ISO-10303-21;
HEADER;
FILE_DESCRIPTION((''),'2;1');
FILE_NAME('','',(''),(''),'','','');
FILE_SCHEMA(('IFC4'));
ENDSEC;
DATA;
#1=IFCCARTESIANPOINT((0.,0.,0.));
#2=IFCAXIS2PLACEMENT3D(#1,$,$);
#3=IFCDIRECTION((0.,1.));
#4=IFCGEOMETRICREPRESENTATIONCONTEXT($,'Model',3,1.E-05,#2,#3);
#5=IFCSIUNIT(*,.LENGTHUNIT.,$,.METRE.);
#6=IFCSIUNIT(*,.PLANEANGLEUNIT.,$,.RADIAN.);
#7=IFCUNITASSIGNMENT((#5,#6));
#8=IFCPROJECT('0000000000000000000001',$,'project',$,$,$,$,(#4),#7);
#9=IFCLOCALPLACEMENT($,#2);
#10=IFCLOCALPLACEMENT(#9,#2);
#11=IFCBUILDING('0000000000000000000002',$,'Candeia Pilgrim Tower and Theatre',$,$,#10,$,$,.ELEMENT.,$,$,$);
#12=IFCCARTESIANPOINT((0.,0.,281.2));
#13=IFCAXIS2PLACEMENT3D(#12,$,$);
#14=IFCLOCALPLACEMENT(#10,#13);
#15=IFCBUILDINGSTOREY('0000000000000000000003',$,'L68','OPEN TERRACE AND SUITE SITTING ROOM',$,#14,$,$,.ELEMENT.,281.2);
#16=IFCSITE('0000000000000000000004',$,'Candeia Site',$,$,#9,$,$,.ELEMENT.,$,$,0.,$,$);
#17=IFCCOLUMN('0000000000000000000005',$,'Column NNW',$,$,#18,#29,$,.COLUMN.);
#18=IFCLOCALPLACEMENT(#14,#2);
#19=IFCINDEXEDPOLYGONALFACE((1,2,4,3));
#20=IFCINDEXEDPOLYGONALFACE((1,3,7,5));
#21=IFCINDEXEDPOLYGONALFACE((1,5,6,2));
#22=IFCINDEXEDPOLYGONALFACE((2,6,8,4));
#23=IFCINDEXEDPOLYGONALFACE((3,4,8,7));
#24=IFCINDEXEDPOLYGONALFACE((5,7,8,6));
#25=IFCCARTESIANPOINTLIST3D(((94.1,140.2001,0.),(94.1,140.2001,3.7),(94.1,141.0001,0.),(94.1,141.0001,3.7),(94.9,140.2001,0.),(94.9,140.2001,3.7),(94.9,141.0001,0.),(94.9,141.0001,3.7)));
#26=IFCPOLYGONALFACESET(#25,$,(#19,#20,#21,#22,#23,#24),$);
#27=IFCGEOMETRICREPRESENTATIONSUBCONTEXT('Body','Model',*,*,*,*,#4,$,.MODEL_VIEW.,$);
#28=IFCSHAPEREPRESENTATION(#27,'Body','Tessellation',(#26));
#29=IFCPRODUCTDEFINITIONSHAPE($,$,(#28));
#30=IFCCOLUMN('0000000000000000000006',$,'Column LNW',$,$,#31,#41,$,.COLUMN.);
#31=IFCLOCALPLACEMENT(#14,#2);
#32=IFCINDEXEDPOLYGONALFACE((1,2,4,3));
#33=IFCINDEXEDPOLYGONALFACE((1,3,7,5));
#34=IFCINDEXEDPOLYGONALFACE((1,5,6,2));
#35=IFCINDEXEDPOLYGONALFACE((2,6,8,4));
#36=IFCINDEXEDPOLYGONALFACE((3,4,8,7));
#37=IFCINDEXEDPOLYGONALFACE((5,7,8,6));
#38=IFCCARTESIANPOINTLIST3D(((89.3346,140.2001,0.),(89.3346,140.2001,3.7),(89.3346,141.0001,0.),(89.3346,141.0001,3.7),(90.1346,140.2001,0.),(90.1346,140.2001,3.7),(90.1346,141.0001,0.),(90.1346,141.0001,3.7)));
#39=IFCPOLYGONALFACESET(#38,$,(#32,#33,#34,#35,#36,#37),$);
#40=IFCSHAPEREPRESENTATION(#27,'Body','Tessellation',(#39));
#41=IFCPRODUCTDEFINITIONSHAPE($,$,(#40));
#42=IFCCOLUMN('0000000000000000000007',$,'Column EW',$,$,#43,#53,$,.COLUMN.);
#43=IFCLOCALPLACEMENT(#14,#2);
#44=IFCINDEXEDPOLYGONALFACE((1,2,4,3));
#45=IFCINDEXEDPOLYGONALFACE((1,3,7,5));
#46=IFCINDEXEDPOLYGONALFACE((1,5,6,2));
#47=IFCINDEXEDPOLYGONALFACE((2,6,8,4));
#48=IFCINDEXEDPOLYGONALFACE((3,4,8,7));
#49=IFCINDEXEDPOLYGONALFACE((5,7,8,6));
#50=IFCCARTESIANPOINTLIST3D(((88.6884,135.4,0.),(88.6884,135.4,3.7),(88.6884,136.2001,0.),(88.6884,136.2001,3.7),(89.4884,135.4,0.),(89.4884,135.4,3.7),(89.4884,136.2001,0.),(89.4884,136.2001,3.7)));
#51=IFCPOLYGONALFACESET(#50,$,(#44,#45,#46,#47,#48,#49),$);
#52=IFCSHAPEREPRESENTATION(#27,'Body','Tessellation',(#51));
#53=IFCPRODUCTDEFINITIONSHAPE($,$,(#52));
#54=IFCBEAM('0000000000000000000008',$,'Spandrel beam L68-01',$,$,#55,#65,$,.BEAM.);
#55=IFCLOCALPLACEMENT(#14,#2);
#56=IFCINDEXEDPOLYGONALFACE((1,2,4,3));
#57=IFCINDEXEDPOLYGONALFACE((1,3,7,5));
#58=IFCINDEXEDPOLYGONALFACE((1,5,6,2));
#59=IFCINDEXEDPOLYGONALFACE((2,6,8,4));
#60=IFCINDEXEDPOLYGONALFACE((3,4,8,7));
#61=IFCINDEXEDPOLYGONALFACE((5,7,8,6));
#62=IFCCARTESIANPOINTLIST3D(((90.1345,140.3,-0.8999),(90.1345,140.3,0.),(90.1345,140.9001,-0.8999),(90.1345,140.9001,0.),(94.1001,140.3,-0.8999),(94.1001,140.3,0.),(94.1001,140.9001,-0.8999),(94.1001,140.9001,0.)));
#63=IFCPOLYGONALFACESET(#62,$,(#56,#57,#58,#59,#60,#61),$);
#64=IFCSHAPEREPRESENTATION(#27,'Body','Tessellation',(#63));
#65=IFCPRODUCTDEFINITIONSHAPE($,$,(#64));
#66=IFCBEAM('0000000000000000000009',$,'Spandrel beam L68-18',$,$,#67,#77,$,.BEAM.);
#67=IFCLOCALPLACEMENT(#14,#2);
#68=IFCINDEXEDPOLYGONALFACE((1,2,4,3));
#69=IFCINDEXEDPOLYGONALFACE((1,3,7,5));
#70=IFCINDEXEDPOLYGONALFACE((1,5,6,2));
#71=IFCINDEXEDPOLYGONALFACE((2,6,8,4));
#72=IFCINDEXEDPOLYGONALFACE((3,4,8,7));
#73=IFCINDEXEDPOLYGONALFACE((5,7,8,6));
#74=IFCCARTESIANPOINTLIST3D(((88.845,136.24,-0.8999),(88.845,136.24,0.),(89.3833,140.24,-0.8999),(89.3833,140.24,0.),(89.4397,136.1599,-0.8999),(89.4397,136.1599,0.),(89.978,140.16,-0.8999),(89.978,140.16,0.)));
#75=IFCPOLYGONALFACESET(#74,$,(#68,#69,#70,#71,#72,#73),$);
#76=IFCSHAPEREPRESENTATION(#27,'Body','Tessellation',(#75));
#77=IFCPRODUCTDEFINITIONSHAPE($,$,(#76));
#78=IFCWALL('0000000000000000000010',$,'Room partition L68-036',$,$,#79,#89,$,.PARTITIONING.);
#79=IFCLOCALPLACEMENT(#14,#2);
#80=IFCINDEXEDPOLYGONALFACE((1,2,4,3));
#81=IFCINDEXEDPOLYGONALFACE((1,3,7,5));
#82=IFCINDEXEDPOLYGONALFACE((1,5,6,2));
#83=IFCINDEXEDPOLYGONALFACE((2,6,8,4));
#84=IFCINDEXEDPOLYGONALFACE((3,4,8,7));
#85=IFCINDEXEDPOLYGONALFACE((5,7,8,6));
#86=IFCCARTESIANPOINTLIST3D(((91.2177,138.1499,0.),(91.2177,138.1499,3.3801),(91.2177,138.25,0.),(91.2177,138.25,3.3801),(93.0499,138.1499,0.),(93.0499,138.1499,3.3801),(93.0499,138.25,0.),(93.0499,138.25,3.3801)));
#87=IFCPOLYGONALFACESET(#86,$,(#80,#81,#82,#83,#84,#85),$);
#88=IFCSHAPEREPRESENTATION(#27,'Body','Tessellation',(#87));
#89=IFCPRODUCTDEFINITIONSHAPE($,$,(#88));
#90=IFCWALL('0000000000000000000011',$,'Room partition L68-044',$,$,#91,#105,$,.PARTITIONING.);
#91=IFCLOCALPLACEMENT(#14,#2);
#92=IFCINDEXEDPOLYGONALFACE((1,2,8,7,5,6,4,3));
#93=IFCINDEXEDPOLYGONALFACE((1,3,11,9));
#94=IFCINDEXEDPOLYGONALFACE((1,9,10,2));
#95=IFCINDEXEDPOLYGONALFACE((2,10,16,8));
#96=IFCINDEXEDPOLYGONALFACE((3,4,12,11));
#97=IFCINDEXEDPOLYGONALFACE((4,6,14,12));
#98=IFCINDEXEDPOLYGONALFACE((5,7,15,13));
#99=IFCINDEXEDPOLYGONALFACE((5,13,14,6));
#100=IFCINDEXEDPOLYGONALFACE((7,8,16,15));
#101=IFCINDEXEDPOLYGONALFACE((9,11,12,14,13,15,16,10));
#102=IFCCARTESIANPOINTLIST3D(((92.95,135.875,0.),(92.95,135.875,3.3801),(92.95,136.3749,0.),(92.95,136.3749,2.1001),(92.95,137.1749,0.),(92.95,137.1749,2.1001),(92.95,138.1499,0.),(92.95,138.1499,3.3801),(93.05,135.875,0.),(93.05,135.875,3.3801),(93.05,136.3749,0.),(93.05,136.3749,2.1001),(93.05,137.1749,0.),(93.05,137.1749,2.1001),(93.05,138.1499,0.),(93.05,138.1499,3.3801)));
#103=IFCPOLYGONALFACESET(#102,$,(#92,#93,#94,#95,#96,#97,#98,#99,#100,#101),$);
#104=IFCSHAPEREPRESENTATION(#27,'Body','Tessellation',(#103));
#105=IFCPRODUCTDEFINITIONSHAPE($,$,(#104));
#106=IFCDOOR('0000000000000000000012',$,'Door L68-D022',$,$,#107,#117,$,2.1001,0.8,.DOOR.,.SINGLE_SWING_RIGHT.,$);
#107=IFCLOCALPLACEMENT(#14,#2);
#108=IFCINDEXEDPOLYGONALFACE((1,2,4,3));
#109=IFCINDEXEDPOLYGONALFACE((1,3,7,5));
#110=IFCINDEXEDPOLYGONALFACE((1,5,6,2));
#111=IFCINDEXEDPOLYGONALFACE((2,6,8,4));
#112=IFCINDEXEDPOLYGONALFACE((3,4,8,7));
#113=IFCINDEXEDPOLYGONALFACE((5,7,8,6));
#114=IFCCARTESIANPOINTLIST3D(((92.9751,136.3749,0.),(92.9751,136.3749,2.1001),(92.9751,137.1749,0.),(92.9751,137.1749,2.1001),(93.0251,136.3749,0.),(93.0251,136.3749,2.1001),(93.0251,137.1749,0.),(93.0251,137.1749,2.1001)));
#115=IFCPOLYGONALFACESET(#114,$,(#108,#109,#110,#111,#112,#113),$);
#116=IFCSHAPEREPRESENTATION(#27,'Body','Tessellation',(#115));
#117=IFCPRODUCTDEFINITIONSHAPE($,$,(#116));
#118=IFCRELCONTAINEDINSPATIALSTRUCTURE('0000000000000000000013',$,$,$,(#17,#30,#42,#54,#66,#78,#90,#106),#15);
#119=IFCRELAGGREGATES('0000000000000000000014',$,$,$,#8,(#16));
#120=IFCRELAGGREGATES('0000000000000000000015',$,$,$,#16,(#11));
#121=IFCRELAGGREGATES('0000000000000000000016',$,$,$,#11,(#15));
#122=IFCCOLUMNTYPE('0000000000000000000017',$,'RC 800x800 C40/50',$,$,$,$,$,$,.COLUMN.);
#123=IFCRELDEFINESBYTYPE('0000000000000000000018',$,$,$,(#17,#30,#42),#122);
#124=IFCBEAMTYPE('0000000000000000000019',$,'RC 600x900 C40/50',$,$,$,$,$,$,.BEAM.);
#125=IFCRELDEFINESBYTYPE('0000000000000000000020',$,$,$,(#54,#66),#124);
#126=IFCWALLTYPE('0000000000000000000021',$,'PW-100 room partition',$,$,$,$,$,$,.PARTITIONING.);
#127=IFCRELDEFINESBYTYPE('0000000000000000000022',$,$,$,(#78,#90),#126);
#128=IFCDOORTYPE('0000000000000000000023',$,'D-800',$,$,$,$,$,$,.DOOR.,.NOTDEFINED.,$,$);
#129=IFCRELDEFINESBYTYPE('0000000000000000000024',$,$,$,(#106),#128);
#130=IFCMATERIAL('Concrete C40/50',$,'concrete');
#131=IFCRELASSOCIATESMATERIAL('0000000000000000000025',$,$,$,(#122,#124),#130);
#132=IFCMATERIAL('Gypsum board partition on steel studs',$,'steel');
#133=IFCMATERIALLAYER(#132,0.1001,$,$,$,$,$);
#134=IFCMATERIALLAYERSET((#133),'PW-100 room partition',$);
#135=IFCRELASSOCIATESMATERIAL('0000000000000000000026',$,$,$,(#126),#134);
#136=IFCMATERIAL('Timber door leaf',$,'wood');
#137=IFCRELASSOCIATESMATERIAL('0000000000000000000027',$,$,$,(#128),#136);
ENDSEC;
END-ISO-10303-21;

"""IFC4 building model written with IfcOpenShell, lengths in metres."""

from ifc_helpers import new_model, si_unit, direction, frame, frame_2d, origin, origin_2d, place, context, subcontext, project, spatial, rectangle, extrude, material, layer, layer_set, material_profile, profile_set, type_object, element, fill, save


model = new_model("IFC4")

# Units and contexts
model_context = context("Model", 3, precision=1e-05, world=origin(), true_north=direction((0.0, 1.0)))
body_context = subcontext(model_context, "Body", "Model", "MODEL_VIEW")
ifc_project = project(units=[si_unit("LENGTHUNIT", "METRE"), si_unit("PLANEANGLEUNIT", "RADIAN")], contexts=[model_context])

# Site, building, storey
site_placement = place(None, origin())
site = spatial("IfcSite", under=ifc_project, at=site_placement, Name="Candeia Site", CompositionType="ELEMENT", RefElevation=0.0)
building_placement = place(site_placement, origin())
building = spatial("IfcBuilding", under=site, at=building_placement, Name="Candeia Pilgrim Tower and Theatre", CompositionType="ELEMENT")
storey_placement = place(building_placement, frame((0.0, 0.0, 281.2)))
storey = spatial("IfcBuildingStorey", under=building, at=storey_placement, Name="L68", Description="OPEN TERRACE AND SUITE SITTING ROOM", CompositionType="ELEMENT", Elevation=281.2)

# Columns
ifc_material_1 = material(Name="Concrete C40/50", Category="concrete")
ifc_material_profile_1 = material_profile(ifc_material_1, rectangle(XDim=0.8, YDim=0.8, at=origin_2d()))
ifc_profile_set_1 = profile_set([ifc_material_profile_1], Name="Concrete C40/50")
column_type = type_object("IfcColumnType", Name="RC 800x800 C40/50", PredefinedType="COLUMN", material=ifc_profile_set_1)
for number, where, z_axis, x_axis, name in (
    (1, (94.5, 140.6001, 0.0), (0.0, 0.0, 1.0), (1.0, 0.0, 0.0), "Column NNW"),
    (2, (89.7346, 140.6001, 0.0), (0.0, 0.0, 1.0), (1.0, 0.0, 0.0), "Column LNW"),
    (3, (89.0884, 135.8, 0.0), (0.0, 0.0, 1.0), (1.0, 0.0, 0.0), "Column EW"),
):
    element("IfcColumn", number, at=place(storey_placement, frame(where, z_axis=z_axis, x_axis=x_axis)), inside=storey, type_object=column_type, Name=name, PredefinedType="COLUMN", context=body_context, shape_type="SweptSolid", body=[
        extrude(rectangle(XDim=0.8, YDim=0.8, at=origin_2d()), origin(), (0.0, 0.0, 1.0), 3.7),
    ])

# Beams
ifc_material_profile_2 = material_profile(ifc_material_1, rectangle(XDim=0.6001, YDim=0.8999, at=origin_2d()))
ifc_profile_set_2 = profile_set([ifc_material_profile_2], Name="Concrete C40/50")
beam_type = type_object("IfcBeamType", Name="RC 600x900 C40/50", PredefinedType="BEAM", material=ifc_profile_set_2)
beam_1_placement = place(storey_placement, frame((90.1345, 140.6001, -0.45), z_axis=(1.0, 0.0, 0.0), x_axis=(0.0, 1.0, 0.0)))
element("IfcBeam", 4, at=beam_1_placement, inside=storey, type_object=beam_type, Name="Spandrel beam L68-01", PredefinedType="BEAM", context=body_context, shape_type="SweptSolid", body=[
    extrude(rectangle(XDim=0.6001, YDim=0.8999, at=origin_2d()), origin(), (0.0, 0.0, 1.0), 3.9656),
])
beam_2_placement = place(storey_placement, frame((89.1423, 136.2, -0.45), z_axis=(0.13338, 0.991065, 0.0), x_axis=(-0.991065, 0.13338, 0.0)))
element("IfcBeam", 5, at=beam_2_placement, inside=storey, type_object=beam_type, Name="Spandrel beam L68-18", PredefinedType="BEAM", context=body_context, shape_type="SweptSolid", body=[
    extrude(rectangle(XDim=0.6001, YDim=0.8999, at=origin_2d()), origin(), (0.0, 0.0, 1.0), 4.0361),
])

# Wall
ifc_material_2 = material(Name="Gypsum board partition on steel studs", Category="steel")
ifc_layer_1 = layer(ifc_material_2, 0.1001)
ifc_layer_set_1 = layer_set([ifc_layer_1], Name="PW-100 room partition")
wall_type_1 = type_object("IfcWallType", Name="PW-100 room partition", PredefinedType="PARTITIONING", material=ifc_layer_set_1)
wall_1_placement = place(storey_placement, frame((91.2178, 138.2, 0.0), z_axis=(0.0, 0.0, 1.0), x_axis=(1.0, 0.0, 0.0)))
element("IfcWall", 6, at=wall_1_placement, inside=storey, type_object=wall_type_1, Name="Room partition L68-036", PredefinedType="PARTITIONING", context=body_context, shape_type="SweptSolid", body=[
    extrude(rectangle(XDim=1.8323, YDim=0.1001, at=frame_2d((0.916, 0.0))), origin(), (0.0, 0.0, 1.0), 3.3801),
])

# Wall, opening, door
wall_2_placement = place(storey_placement, frame((93.0, 135.875, 0.0), z_axis=(0.0, 0.0, 1.0), x_axis=(0.0, 1.0, 0.0)))
wall_2 = element("IfcWall", 7, at=wall_2_placement, inside=storey, type_object=wall_type_1, Name="Room partition L68-044", PredefinedType="PARTITIONING", context=body_context, shape_type="SweptSolid", body=[
    extrude(rectangle(XDim=2.2749, YDim=0.1001, at=frame_2d((1.1375, 0.0))), origin(), (0.0, 0.0, 1.0), 3.3801),
])
opening_1_placement = place(wall_2_placement, frame((0.5, 0.0, 0.0)))
opening_1 = element("IfcOpeningElement", 8, at=opening_1_placement, cuts=wall_2, PredefinedType="OPENING", context=body_context, shape_type="SweptSolid", body=[
    extrude(rectangle(XDim=0.8, YDim=2.1001, at=frame_2d((0.3999, 1.05))), frame((0.0, 0.0601, 0.0), z_axis=(0.0, -1.0, 0.0), x_axis=(1.0, 0.0, 0.0)), (0.0, 0.0, 1.0), 0.1201),
])
ifc_material_3 = material(Name="Timber door leaf", Category="wood")
door_type_1 = type_object("IfcDoorType", Name="D-800", OperationType="NOTDEFINED", PredefinedType="DOOR", material=ifc_material_3)
door_1_placement = place(opening_1_placement, origin())
door_1 = element("IfcDoor", 9, at=door_1_placement, inside=storey, type_object=door_type_1, Name="Door L68-D022", OperationType="SINGLE_SWING_RIGHT", OverallHeight=2.1001, OverallWidth=0.8, PredefinedType="DOOR", context=body_context, shape_type="SweptSolid", body=[
    extrude(rectangle(XDim=0.8, YDim=2.1001, at=frame_2d((0.3999, 1.05))), frame((0.0, 0.0249, 0.0), z_axis=(0.0, -1.0, 0.0), x_axis=(1.0, 0.0, 0.0)), (0.0, 0.0, 1.0), 0.05),
])
fill(opening_1, door_1)

save(model, "model.ifc")
